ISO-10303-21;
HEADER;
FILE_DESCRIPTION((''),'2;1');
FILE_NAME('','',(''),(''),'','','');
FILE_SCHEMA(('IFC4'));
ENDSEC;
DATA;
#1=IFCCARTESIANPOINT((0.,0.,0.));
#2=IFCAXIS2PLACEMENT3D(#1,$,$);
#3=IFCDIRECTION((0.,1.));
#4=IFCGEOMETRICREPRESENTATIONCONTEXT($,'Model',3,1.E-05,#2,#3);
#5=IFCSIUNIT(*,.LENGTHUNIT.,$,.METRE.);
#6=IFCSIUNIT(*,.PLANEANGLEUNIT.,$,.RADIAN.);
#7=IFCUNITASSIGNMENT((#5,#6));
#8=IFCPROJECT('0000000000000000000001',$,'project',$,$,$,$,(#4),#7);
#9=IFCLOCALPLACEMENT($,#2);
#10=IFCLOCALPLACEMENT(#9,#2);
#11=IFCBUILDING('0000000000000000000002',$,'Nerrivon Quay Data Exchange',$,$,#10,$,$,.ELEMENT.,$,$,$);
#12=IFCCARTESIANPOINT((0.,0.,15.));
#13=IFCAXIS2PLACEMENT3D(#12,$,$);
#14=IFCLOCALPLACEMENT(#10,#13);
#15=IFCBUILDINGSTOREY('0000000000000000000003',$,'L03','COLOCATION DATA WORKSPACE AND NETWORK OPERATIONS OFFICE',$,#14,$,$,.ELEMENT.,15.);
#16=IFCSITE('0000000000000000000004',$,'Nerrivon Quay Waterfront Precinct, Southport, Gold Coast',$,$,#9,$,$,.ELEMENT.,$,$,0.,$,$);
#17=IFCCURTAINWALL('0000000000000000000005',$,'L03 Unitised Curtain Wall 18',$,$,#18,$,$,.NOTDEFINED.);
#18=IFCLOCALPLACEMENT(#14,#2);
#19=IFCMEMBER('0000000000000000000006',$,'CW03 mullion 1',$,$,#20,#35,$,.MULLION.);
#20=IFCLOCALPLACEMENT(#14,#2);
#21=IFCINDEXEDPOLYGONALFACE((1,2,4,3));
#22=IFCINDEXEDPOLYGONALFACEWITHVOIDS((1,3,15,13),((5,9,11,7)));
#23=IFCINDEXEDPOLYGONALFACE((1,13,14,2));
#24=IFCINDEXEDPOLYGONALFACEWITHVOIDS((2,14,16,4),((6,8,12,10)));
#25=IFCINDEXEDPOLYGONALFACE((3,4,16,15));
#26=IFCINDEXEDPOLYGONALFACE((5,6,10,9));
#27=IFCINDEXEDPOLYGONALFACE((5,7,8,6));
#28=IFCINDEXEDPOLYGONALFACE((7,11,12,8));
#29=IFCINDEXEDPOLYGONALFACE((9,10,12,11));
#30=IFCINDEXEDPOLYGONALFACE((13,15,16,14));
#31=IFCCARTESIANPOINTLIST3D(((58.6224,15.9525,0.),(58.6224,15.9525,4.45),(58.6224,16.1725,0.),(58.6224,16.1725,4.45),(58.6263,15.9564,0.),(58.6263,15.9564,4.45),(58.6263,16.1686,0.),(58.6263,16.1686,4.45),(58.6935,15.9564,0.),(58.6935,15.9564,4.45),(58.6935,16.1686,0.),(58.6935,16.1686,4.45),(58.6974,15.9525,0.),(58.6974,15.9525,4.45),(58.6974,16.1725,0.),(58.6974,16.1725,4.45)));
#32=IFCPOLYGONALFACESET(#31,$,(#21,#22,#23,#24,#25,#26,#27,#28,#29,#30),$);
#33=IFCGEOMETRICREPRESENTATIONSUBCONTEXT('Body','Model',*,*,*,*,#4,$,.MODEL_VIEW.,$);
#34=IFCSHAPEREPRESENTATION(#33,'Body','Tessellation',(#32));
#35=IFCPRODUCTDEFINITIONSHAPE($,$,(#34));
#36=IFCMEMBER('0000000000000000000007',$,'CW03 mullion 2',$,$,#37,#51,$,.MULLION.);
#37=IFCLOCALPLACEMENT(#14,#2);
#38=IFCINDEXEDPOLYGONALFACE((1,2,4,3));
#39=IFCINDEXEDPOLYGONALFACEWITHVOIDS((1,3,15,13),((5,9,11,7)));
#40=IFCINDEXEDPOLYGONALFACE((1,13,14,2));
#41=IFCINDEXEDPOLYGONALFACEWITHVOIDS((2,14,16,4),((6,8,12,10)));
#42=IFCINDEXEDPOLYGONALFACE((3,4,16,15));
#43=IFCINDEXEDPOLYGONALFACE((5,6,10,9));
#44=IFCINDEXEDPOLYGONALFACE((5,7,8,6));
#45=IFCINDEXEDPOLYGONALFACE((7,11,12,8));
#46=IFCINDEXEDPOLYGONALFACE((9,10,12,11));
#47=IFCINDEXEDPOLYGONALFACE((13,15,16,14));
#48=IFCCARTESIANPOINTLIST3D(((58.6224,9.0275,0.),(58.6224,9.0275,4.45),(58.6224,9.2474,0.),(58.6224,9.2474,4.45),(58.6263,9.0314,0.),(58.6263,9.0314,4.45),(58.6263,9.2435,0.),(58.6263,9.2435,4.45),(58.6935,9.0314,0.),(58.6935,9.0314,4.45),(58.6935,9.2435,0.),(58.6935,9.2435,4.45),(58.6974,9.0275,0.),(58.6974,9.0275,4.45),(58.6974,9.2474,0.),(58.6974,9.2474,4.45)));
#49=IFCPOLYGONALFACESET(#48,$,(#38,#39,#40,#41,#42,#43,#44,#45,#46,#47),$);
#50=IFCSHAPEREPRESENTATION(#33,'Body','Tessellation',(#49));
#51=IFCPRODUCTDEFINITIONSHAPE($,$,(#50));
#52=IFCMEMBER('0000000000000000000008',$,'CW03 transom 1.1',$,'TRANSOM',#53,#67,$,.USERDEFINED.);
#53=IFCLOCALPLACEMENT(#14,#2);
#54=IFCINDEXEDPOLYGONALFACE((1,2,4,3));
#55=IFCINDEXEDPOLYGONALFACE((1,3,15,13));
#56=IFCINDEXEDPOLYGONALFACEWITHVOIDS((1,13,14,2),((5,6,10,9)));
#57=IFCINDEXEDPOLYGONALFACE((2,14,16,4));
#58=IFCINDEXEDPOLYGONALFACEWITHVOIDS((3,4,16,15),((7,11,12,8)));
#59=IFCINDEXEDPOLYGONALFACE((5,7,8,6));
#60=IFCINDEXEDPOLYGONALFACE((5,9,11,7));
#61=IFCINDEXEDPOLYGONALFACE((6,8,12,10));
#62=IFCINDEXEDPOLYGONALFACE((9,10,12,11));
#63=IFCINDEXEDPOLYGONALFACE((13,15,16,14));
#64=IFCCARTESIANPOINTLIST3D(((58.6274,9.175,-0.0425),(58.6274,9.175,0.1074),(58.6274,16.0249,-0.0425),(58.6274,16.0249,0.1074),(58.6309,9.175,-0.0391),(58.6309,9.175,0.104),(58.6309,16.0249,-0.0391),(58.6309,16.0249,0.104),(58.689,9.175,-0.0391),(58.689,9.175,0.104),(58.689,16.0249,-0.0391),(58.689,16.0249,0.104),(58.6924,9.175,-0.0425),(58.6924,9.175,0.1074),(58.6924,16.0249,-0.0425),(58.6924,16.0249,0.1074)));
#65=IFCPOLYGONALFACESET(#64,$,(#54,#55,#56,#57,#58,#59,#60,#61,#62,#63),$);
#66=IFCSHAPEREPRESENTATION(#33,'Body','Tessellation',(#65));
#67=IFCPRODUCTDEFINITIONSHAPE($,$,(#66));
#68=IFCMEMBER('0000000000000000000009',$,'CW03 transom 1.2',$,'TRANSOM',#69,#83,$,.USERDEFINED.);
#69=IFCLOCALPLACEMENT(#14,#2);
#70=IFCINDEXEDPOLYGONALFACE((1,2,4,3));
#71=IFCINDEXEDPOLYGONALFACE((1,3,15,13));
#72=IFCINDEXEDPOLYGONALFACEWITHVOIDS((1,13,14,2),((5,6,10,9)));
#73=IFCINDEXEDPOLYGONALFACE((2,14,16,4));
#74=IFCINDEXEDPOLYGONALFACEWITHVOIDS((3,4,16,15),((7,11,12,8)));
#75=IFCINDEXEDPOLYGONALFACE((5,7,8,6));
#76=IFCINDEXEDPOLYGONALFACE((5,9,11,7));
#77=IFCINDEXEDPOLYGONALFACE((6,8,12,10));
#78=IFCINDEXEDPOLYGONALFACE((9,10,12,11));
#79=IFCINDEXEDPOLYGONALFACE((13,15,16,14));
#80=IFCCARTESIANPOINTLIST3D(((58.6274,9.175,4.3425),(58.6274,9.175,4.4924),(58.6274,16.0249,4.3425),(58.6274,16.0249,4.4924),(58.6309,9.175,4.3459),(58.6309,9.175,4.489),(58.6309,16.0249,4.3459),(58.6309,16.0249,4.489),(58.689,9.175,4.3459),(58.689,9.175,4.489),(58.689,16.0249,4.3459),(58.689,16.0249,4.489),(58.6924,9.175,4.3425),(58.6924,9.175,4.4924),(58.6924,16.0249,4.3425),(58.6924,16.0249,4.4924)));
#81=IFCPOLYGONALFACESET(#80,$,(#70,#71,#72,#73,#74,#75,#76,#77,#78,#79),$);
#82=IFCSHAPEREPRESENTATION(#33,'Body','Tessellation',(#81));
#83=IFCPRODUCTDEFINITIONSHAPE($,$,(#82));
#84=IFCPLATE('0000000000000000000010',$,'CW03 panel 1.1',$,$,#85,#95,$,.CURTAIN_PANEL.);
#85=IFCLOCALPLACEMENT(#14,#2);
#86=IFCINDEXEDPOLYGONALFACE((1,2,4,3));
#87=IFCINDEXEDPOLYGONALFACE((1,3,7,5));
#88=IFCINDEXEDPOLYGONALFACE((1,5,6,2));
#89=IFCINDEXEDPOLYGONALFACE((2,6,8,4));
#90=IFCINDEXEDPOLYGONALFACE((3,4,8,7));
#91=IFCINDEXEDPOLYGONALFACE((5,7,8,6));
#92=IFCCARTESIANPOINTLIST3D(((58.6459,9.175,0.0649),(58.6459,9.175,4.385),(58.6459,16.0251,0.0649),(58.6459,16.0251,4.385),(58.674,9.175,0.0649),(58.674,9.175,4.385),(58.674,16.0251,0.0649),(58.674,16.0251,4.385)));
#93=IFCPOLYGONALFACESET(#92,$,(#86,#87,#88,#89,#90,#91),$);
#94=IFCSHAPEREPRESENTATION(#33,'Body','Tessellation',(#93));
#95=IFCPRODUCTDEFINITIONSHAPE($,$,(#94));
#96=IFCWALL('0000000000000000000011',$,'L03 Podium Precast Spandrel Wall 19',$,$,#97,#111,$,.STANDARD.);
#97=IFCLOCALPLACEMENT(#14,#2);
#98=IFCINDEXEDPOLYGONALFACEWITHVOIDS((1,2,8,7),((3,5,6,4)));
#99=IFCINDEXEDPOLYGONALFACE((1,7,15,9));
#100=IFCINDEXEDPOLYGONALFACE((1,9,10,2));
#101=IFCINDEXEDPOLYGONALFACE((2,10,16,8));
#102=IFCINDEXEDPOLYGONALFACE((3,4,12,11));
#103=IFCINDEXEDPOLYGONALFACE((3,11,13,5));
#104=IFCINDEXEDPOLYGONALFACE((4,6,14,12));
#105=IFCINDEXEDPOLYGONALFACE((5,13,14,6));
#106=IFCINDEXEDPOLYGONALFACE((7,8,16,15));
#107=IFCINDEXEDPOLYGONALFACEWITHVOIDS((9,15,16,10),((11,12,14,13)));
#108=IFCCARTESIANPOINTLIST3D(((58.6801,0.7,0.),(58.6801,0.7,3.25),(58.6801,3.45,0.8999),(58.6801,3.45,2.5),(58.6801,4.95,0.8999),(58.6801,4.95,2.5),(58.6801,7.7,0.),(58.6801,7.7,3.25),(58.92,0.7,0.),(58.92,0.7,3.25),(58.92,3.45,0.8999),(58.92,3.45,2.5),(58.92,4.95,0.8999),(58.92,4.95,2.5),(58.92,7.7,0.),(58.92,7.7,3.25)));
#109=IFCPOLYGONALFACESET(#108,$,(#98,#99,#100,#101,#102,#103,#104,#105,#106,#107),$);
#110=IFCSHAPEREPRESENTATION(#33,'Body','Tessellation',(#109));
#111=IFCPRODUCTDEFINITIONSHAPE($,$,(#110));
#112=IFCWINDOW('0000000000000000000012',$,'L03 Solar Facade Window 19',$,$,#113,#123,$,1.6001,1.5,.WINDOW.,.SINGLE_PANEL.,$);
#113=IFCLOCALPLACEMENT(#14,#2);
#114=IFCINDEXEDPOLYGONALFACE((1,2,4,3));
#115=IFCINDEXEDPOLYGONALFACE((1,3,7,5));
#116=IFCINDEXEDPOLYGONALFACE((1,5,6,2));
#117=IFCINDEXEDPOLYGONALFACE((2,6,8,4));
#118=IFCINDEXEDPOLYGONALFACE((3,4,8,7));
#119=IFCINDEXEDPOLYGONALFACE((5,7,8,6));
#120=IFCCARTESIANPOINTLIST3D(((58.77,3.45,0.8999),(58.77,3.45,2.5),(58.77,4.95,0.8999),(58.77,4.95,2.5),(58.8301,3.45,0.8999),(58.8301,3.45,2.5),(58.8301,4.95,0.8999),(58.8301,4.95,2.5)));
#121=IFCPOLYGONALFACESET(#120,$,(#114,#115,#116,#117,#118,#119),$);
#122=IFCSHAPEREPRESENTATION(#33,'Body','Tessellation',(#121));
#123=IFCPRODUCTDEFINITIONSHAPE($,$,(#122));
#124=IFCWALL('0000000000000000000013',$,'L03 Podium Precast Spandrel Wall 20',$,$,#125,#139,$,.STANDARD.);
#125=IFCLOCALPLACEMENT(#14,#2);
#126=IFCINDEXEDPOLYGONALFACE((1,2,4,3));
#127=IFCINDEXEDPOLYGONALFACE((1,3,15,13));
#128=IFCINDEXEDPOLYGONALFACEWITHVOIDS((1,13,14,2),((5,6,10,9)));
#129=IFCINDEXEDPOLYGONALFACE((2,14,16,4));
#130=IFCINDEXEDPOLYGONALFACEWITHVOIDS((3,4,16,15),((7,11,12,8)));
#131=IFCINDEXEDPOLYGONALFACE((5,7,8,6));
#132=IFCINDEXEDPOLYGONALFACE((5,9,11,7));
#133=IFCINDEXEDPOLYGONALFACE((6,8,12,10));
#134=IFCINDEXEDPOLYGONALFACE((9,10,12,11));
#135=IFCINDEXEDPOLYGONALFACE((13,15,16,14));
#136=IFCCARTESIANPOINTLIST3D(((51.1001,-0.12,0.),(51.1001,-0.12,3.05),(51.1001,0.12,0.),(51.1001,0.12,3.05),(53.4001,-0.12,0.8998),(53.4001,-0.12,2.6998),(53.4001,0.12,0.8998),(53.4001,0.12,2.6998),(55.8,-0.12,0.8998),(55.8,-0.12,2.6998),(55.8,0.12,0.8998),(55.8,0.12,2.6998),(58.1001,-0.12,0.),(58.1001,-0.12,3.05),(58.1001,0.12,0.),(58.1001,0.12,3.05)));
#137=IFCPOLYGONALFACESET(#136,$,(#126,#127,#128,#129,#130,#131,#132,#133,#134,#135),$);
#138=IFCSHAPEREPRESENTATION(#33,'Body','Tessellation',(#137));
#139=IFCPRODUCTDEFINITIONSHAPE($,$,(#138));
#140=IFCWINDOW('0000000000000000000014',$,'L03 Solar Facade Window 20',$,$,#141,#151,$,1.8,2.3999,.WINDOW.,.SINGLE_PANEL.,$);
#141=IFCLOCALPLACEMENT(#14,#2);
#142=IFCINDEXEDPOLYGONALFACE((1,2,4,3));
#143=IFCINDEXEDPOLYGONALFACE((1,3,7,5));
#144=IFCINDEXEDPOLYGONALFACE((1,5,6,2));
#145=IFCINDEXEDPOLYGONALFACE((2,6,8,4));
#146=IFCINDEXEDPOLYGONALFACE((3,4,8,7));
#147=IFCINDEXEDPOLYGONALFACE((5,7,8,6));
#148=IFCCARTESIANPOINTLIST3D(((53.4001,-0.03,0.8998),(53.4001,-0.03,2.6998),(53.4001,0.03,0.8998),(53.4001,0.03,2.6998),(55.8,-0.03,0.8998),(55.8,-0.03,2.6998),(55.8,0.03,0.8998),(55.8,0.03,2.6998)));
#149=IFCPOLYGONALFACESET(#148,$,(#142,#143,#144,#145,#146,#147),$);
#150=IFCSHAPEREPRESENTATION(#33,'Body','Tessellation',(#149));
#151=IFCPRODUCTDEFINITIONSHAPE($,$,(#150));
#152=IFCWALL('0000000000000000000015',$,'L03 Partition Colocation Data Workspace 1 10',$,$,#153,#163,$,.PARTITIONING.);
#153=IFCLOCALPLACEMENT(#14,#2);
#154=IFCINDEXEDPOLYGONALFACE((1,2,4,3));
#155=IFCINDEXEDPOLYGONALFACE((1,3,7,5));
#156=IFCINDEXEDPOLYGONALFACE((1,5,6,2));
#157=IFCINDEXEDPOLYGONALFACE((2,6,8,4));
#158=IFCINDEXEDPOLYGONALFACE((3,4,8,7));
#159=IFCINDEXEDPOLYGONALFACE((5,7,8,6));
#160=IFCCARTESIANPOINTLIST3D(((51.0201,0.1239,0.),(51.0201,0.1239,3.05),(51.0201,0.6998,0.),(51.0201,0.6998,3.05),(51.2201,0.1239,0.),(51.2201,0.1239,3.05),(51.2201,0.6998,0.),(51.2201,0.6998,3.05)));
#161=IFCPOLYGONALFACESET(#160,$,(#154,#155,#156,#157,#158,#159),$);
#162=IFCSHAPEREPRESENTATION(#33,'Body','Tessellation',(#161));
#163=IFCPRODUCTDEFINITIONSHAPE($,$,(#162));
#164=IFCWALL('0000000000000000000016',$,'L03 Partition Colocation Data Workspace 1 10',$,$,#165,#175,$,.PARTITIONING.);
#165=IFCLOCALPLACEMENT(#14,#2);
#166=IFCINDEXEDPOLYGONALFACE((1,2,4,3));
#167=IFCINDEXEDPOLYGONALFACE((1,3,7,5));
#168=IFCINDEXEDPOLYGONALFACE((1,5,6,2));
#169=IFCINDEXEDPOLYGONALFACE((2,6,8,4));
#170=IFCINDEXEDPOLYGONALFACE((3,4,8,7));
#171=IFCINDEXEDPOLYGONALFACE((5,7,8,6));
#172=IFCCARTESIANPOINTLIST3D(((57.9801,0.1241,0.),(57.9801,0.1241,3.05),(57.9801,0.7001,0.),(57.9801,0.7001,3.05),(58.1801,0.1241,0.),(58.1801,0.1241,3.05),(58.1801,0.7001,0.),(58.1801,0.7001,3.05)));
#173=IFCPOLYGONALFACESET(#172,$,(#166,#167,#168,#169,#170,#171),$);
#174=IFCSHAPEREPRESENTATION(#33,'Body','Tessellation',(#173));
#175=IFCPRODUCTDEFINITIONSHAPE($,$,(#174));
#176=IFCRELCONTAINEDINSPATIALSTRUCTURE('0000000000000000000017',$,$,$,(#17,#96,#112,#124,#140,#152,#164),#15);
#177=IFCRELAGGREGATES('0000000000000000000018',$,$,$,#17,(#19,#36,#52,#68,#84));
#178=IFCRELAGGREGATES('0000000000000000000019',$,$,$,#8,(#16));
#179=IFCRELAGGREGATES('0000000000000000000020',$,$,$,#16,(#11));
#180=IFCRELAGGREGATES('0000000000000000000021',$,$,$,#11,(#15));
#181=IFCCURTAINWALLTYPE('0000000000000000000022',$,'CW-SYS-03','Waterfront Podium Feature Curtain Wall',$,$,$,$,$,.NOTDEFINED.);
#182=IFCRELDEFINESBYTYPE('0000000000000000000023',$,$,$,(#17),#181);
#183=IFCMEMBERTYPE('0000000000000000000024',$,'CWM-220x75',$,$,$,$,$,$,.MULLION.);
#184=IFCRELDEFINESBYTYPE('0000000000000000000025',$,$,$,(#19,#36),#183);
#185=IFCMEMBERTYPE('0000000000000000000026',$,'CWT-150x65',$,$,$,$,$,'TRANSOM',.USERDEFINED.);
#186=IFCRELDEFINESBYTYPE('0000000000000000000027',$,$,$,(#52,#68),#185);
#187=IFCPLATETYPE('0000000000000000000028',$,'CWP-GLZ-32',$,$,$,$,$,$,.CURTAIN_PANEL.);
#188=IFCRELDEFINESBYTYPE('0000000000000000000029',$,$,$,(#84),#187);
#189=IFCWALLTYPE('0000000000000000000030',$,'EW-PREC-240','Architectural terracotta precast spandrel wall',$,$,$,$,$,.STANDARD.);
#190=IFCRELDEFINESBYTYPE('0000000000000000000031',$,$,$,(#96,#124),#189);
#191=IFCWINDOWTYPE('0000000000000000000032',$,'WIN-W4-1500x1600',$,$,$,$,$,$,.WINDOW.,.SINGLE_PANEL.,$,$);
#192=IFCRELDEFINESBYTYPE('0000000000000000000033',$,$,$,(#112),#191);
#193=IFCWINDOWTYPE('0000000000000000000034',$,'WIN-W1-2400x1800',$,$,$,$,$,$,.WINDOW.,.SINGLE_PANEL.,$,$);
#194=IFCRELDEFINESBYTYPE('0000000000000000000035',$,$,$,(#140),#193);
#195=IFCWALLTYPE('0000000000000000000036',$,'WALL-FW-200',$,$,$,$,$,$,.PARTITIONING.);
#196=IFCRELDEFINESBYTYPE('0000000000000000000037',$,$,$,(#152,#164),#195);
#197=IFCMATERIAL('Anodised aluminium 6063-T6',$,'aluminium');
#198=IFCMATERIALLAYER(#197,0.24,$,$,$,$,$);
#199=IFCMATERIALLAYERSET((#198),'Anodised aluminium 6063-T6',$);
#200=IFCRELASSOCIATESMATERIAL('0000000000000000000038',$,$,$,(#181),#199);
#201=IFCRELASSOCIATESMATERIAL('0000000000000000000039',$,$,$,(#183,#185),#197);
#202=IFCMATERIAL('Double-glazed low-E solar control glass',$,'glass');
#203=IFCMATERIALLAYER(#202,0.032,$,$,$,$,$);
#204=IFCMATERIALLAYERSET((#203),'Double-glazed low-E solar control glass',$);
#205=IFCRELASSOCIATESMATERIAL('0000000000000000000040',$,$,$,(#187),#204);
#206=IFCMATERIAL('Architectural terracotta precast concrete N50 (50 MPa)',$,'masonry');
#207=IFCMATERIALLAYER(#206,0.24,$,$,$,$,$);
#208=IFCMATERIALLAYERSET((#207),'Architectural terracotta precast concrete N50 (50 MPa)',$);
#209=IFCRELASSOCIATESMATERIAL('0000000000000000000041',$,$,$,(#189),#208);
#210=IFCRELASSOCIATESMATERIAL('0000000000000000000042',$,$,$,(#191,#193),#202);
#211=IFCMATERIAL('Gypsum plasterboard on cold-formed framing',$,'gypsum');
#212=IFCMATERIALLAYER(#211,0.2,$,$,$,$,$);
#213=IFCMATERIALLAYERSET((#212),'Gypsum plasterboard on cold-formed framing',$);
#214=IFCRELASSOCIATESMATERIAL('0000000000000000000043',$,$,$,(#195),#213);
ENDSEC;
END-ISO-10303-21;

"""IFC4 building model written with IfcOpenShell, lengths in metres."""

from ifc_helpers import new_model, si_unit, direction, frame, frame_2d, origin, origin_2d, place, context, subcontext, project, spatial, rectangle, hollow_rectangle, extrude, material, layer, layer_set, material_profile, profile_set, type_object, element, fill, aggregate, save


model = new_model("IFC4")

# Units and contexts
model_context = context("Model", 3, precision=1e-05, world=origin(), true_north=direction((0.0, 1.0)))
body_context = subcontext(model_context, "Body", "Model", "MODEL_VIEW")
ifc_project = project(units=[si_unit("LENGTHUNIT", "METRE"), si_unit("PLANEANGLEUNIT", "RADIAN")], contexts=[model_context])

# Site, building, storey
site_placement = place(None, origin())
site = spatial("IfcSite", under=ifc_project, at=site_placement, Name="Nerrivon Quay Waterfront Precinct, Southport, Gold Coast", CompositionType="ELEMENT", RefElevation=0.0)
building_placement = place(site_placement, origin())
building = spatial("IfcBuilding", under=site, at=building_placement, Name="Nerrivon Quay Data Exchange", CompositionType="ELEMENT")
storey_placement = place(building_placement, frame((0.0, 0.0, 15.0)))
storey = spatial("IfcBuildingStorey", under=building, at=storey_placement, Name="L03", Description="COLOCATION DATA WORKSPACE AND NETWORK OPERATIONS OFFICE", CompositionType="ELEMENT", Elevation=15.0)

# Shared definitions
ifc_material_1 = material(Name="Anodised aluminium 6063-T6", Category="aluminium")
ifc_layer_1 = layer(ifc_material_1, 0.24)
ifc_layer_set_1 = layer_set([ifc_layer_1], Name="Anodised aluminium 6063-T6")
curtain_wall_type = type_object("IfcCurtainWallType", Name="CW-SYS-03", Description="Waterfront Podium Feature Curtain Wall", PredefinedType="NOTDEFINED", material=ifc_layer_set_1)
ifc_material_profile_1 = material_profile(ifc_material_1, hollow_rectangle(XDim=0.075, YDim=0.22, WallThickness=0.0039, at=origin_2d()), Name="ALU-MULL-220x75")
ifc_profile_set_1 = profile_set([ifc_material_profile_1], Name="Anodised aluminium 6063-T6")
member_type_1 = type_object("IfcMemberType", Name="CWM-220x75", PredefinedType="MULLION", material=ifc_profile_set_1)

# Curtain wall, members, plate
curtain_wall_1_placement = place(storey_placement, origin())
curtain_wall_1 = element("IfcCurtainWall", 1, at=curtain_wall_1_placement, inside=storey, type_object=curtain_wall_type, Name="L03 Unitised Curtain Wall 18", PredefinedType="NOTDEFINED")
member_1_placement = place(storey_placement, frame((58.6599, 16.0625, 0.0), z_axis=(0.0, 0.0, 1.0), x_axis=(1.0, 0.0, 0.0)))
member_1 = element("IfcMember", 2, at=member_1_placement, type_object=member_type_1, Name="CW03 mullion 1", PredefinedType="MULLION", context=body_context, shape_type="SweptSolid", body=[
    extrude(hollow_rectangle(XDim=0.075, YDim=0.22, WallThickness=0.0039, at=origin_2d()), origin(), (0.0, 0.0, 1.0), 4.45),
])
member_2_placement = place(storey_placement, frame((58.6599, 9.1375, 0.0), z_axis=(0.0, 0.0, 1.0), x_axis=(1.0, 0.0, 0.0)))
member_2 = element("IfcMember", 3, at=member_2_placement, type_object=member_type_1, Name="CW03 mullion 2", PredefinedType="MULLION", context=body_context, shape_type="SweptSolid", body=[
    extrude(hollow_rectangle(XDim=0.075, YDim=0.22, WallThickness=0.0039, at=origin_2d()), origin(), (0.0, 0.0, 1.0), 4.45),
])
ifc_material_profile_2 = material_profile(ifc_material_1, hollow_rectangle(XDim=0.0649, YDim=0.1499, WallThickness=0.0034, at=origin_2d()), Name="ALU-TRAN-150x65")
ifc_profile_set_2 = profile_set([ifc_material_profile_2], Name="Anodised aluminium 6063-T6")
member_type_2 = type_object("IfcMemberType", Name="CWT-150x65", ElementType="TRANSOM", PredefinedType="USERDEFINED", material=ifc_profile_set_2)
member_3_placement = place(storey_placement, frame((58.6599, 16.0249, 0.0325), z_axis=(0.0, -1.0, 0.0), x_axis=(1.0, 0.0, 0.0)))
member_3 = element("IfcMember", 4, at=member_3_placement, type_object=member_type_2, Name="CW03 transom 1.1", ObjectType="TRANSOM", PredefinedType="USERDEFINED", context=body_context, shape_type="SweptSolid", body=[
    extrude(hollow_rectangle(XDim=0.0649, YDim=0.1499, WallThickness=0.0034, at=origin_2d()), origin(), (0.0, 0.0, 1.0), 6.8499),
])
member_4_placement = place(storey_placement, frame((58.6599, 16.0249, 4.4175), z_axis=(0.0, -1.0, 0.0), x_axis=(1.0, 0.0, 0.0)))
member_4 = element("IfcMember", 5, at=member_4_placement, type_object=member_type_2, Name="CW03 transom 1.2", ObjectType="TRANSOM", PredefinedType="USERDEFINED", context=body_context, shape_type="SweptSolid", body=[
    extrude(hollow_rectangle(XDim=0.0649, YDim=0.1499, WallThickness=0.0034, at=origin_2d()), origin(), (0.0, 0.0, 1.0), 6.8499),
])
ifc_material_2 = material(Name="Double-glazed low-E solar control glass", Category="glass")
ifc_layer_2 = layer(ifc_material_2, 0.032)
ifc_layer_set_2 = layer_set([ifc_layer_2], Name="Double-glazed low-E solar control glass")
plate_type = type_object("IfcPlateType", Name="CWP-GLZ-32", PredefinedType="CURTAIN_PANEL", material=ifc_layer_set_2)
plate_placement = place(storey_placement, frame((58.6599, 12.6001, 0.0649), z_axis=(0.0, 0.0, 1.0), x_axis=(0.0, -1.0, 0.0)))
plate = element("IfcPlate", 6, at=plate_placement, type_object=plate_type, Name="CW03 panel 1.1", PredefinedType="CURTAIN_PANEL", context=body_context, shape_type="SweptSolid", body=[
    extrude(rectangle(XDim=6.8501, YDim=0.0281, at=origin_2d()), origin(), (0.0, 0.0, 1.0), 4.3201),
])
aggregate(curtain_wall_1, [member_1, member_2, member_3, member_4, plate])

# Walls, openings, windows
ifc_material_3 = material(Name="Architectural terracotta precast concrete N50 (50 MPa)", Category="masonry")
ifc_layer_3 = layer(ifc_material_3, 0.24)
ifc_layer_set_3 = layer_set([ifc_layer_3], Name="Architectural terracotta precast concrete N50 (50 MPa)")
wall_type_1 = type_object("IfcWallType", Name="EW-PREC-240", Description="Architectural terracotta precast spandrel wall", PredefinedType="STANDARD", material=ifc_layer_set_3)
wall_1_placement = place(storey_placement, frame((58.8, 7.7, 0.0), z_axis=(0.0, 0.0, 1.0), x_axis=(0.0, -1.0, 0.0)))
wall_1 = element("IfcWall", 7, at=wall_1_placement, inside=storey, type_object=wall_type_1, Name="L03 Podium Precast Spandrel Wall 19", PredefinedType="STANDARD", context=body_context, shape_type="SweptSolid", body=[
    extrude(rectangle(XDim=7.0, YDim=0.24, at=frame_2d((3.5, 0.0))), origin(), (0.0, 0.0, 1.0), 3.25),
])
opening_1_placement = place(wall_1_placement, frame((2.75, 0.0, 0.8999)))
opening_1 = element("IfcOpeningElement", 8, at=opening_1_placement, cuts=wall_1, PredefinedType="OPENING", context=body_context, shape_type="SweptSolid", body=[
    extrude(rectangle(XDim=1.5, YDim=1.6001, at=frame_2d((0.75, 0.8))), frame((0.0, 0.1299, 0.0), z_axis=(0.0, -1.0, 0.0), x_axis=(1.0, 0.0, 0.0)), (0.0, 0.0, 1.0), 0.26),
])
window_type_1 = type_object("IfcWindowType", Name="WIN-W4-1500x1600", PartitioningType="SINGLE_PANEL", PredefinedType="WINDOW", material=ifc_material_2)
window_1_placement = place(opening_1_placement, origin())
window_1 = element("IfcWindow", 9, at=window_1_placement, inside=storey, type_object=window_type_1, Name="L03 Solar Facade Window 19", OverallHeight=1.6001, OverallWidth=1.5, PartitioningType="SINGLE_PANEL", PredefinedType="WINDOW", context=body_context, shape_type="SweptSolid", body=[
    extrude(rectangle(XDim=1.5, YDim=1.6001, at=frame_2d((0.75, 0.8))), frame((0.0, 0.03, 0.0), z_axis=(0.0, -1.0, 0.0), x_axis=(1.0, 0.0, 0.0)), (0.0, 0.0, 1.0), 0.0601),
])
fill(opening_1, window_1)
wall_2_placement = place(storey_placement, frame((58.1001, 0.0, 0.0), z_axis=(0.0, 0.0, 1.0), x_axis=(-1.0, 0.0, 0.0)))
wall_2 = element("IfcWall", 10, at=wall_2_placement, inside=storey, type_object=wall_type_1, Name="L03 Podium Precast Spandrel Wall 20", PredefinedType="STANDARD", context=body_context, shape_type="SweptSolid", body=[
    extrude(rectangle(XDim=7.0, YDim=0.24, at=frame_2d((3.5, 0.0))), origin(), (0.0, 0.0, 1.0), 3.05),
])
opening_2_placement = place(wall_2_placement, frame((2.3, 0.0, 0.8999)))
opening_2 = element("IfcOpeningElement", 11, at=opening_2_placement, cuts=wall_2, PredefinedType="OPENING", context=body_context, shape_type="SweptSolid", body=[
    extrude(rectangle(XDim=2.3999, YDim=1.8, at=frame_2d((1.2, 0.8999))), frame((0.0, 0.1299, 0.0), z_axis=(0.0, -1.0, 0.0), x_axis=(1.0, 0.0, 0.0)), (0.0, 0.0, 1.0), 0.26),
])
window_type_2 = type_object("IfcWindowType", Name="WIN-W1-2400x1800", PartitioningType="SINGLE_PANEL", PredefinedType="WINDOW", material=ifc_material_2)
window_2_placement = place(opening_2_placement, origin())
window_2 = element("IfcWindow", 12, at=window_2_placement, inside=storey, type_object=window_type_2, Name="L03 Solar Facade Window 20", OverallHeight=1.8, OverallWidth=2.3999, PartitioningType="SINGLE_PANEL", PredefinedType="WINDOW", context=body_context, shape_type="SweptSolid", body=[
    extrude(rectangle(XDim=2.3999, YDim=1.8, at=frame_2d((1.2, 0.8999))), frame((0.0, 0.03, 0.0), z_axis=(0.0, -1.0, 0.0), x_axis=(1.0, 0.0, 0.0)), (0.0, 0.0, 1.0), 0.0601),
])
fill(opening_2, window_2)

# Walls
ifc_material_4 = material(Name="Gypsum plasterboard on cold-formed framing", Category="gypsum")
ifc_layer_4 = layer(ifc_material_4, 0.2)
ifc_layer_set_4 = layer_set([ifc_layer_4], Name="Gypsum plasterboard on cold-formed framing")
wall_type_2 = type_object("IfcWallType", Name="WALL-FW-200", PredefinedType="PARTITIONING", material=ifc_layer_set_4)
for number, where, z_axis, x_axis, name in (
    (13, (51.1201, 0.7, 0.0), (0.0, 0.0, 1.0), (0.0, -1.0, 0.0), "L03 Partition Colocation Data Workspace 1 10"),
    (14, (58.0801, 0.124, 0.0), (0.0, 0.0, 1.0), (0.0, 1.0, 0.0), "L03 Partition Colocation Data Workspace 1 10"),
):
    element("IfcWall", number, at=place(storey_placement, frame(where, z_axis=z_axis, x_axis=x_axis)), inside=storey, type_object=wall_type_2, Name=name, PredefinedType="PARTITIONING", context=body_context, shape_type="SweptSolid", body=[
        extrude(rectangle(XDim=0.5759, YDim=0.2, at=frame_2d((0.2881, 0.0))), origin(), (0.0, 0.0, 1.0), 3.05),
    ])

save(model, "model.ifc")
